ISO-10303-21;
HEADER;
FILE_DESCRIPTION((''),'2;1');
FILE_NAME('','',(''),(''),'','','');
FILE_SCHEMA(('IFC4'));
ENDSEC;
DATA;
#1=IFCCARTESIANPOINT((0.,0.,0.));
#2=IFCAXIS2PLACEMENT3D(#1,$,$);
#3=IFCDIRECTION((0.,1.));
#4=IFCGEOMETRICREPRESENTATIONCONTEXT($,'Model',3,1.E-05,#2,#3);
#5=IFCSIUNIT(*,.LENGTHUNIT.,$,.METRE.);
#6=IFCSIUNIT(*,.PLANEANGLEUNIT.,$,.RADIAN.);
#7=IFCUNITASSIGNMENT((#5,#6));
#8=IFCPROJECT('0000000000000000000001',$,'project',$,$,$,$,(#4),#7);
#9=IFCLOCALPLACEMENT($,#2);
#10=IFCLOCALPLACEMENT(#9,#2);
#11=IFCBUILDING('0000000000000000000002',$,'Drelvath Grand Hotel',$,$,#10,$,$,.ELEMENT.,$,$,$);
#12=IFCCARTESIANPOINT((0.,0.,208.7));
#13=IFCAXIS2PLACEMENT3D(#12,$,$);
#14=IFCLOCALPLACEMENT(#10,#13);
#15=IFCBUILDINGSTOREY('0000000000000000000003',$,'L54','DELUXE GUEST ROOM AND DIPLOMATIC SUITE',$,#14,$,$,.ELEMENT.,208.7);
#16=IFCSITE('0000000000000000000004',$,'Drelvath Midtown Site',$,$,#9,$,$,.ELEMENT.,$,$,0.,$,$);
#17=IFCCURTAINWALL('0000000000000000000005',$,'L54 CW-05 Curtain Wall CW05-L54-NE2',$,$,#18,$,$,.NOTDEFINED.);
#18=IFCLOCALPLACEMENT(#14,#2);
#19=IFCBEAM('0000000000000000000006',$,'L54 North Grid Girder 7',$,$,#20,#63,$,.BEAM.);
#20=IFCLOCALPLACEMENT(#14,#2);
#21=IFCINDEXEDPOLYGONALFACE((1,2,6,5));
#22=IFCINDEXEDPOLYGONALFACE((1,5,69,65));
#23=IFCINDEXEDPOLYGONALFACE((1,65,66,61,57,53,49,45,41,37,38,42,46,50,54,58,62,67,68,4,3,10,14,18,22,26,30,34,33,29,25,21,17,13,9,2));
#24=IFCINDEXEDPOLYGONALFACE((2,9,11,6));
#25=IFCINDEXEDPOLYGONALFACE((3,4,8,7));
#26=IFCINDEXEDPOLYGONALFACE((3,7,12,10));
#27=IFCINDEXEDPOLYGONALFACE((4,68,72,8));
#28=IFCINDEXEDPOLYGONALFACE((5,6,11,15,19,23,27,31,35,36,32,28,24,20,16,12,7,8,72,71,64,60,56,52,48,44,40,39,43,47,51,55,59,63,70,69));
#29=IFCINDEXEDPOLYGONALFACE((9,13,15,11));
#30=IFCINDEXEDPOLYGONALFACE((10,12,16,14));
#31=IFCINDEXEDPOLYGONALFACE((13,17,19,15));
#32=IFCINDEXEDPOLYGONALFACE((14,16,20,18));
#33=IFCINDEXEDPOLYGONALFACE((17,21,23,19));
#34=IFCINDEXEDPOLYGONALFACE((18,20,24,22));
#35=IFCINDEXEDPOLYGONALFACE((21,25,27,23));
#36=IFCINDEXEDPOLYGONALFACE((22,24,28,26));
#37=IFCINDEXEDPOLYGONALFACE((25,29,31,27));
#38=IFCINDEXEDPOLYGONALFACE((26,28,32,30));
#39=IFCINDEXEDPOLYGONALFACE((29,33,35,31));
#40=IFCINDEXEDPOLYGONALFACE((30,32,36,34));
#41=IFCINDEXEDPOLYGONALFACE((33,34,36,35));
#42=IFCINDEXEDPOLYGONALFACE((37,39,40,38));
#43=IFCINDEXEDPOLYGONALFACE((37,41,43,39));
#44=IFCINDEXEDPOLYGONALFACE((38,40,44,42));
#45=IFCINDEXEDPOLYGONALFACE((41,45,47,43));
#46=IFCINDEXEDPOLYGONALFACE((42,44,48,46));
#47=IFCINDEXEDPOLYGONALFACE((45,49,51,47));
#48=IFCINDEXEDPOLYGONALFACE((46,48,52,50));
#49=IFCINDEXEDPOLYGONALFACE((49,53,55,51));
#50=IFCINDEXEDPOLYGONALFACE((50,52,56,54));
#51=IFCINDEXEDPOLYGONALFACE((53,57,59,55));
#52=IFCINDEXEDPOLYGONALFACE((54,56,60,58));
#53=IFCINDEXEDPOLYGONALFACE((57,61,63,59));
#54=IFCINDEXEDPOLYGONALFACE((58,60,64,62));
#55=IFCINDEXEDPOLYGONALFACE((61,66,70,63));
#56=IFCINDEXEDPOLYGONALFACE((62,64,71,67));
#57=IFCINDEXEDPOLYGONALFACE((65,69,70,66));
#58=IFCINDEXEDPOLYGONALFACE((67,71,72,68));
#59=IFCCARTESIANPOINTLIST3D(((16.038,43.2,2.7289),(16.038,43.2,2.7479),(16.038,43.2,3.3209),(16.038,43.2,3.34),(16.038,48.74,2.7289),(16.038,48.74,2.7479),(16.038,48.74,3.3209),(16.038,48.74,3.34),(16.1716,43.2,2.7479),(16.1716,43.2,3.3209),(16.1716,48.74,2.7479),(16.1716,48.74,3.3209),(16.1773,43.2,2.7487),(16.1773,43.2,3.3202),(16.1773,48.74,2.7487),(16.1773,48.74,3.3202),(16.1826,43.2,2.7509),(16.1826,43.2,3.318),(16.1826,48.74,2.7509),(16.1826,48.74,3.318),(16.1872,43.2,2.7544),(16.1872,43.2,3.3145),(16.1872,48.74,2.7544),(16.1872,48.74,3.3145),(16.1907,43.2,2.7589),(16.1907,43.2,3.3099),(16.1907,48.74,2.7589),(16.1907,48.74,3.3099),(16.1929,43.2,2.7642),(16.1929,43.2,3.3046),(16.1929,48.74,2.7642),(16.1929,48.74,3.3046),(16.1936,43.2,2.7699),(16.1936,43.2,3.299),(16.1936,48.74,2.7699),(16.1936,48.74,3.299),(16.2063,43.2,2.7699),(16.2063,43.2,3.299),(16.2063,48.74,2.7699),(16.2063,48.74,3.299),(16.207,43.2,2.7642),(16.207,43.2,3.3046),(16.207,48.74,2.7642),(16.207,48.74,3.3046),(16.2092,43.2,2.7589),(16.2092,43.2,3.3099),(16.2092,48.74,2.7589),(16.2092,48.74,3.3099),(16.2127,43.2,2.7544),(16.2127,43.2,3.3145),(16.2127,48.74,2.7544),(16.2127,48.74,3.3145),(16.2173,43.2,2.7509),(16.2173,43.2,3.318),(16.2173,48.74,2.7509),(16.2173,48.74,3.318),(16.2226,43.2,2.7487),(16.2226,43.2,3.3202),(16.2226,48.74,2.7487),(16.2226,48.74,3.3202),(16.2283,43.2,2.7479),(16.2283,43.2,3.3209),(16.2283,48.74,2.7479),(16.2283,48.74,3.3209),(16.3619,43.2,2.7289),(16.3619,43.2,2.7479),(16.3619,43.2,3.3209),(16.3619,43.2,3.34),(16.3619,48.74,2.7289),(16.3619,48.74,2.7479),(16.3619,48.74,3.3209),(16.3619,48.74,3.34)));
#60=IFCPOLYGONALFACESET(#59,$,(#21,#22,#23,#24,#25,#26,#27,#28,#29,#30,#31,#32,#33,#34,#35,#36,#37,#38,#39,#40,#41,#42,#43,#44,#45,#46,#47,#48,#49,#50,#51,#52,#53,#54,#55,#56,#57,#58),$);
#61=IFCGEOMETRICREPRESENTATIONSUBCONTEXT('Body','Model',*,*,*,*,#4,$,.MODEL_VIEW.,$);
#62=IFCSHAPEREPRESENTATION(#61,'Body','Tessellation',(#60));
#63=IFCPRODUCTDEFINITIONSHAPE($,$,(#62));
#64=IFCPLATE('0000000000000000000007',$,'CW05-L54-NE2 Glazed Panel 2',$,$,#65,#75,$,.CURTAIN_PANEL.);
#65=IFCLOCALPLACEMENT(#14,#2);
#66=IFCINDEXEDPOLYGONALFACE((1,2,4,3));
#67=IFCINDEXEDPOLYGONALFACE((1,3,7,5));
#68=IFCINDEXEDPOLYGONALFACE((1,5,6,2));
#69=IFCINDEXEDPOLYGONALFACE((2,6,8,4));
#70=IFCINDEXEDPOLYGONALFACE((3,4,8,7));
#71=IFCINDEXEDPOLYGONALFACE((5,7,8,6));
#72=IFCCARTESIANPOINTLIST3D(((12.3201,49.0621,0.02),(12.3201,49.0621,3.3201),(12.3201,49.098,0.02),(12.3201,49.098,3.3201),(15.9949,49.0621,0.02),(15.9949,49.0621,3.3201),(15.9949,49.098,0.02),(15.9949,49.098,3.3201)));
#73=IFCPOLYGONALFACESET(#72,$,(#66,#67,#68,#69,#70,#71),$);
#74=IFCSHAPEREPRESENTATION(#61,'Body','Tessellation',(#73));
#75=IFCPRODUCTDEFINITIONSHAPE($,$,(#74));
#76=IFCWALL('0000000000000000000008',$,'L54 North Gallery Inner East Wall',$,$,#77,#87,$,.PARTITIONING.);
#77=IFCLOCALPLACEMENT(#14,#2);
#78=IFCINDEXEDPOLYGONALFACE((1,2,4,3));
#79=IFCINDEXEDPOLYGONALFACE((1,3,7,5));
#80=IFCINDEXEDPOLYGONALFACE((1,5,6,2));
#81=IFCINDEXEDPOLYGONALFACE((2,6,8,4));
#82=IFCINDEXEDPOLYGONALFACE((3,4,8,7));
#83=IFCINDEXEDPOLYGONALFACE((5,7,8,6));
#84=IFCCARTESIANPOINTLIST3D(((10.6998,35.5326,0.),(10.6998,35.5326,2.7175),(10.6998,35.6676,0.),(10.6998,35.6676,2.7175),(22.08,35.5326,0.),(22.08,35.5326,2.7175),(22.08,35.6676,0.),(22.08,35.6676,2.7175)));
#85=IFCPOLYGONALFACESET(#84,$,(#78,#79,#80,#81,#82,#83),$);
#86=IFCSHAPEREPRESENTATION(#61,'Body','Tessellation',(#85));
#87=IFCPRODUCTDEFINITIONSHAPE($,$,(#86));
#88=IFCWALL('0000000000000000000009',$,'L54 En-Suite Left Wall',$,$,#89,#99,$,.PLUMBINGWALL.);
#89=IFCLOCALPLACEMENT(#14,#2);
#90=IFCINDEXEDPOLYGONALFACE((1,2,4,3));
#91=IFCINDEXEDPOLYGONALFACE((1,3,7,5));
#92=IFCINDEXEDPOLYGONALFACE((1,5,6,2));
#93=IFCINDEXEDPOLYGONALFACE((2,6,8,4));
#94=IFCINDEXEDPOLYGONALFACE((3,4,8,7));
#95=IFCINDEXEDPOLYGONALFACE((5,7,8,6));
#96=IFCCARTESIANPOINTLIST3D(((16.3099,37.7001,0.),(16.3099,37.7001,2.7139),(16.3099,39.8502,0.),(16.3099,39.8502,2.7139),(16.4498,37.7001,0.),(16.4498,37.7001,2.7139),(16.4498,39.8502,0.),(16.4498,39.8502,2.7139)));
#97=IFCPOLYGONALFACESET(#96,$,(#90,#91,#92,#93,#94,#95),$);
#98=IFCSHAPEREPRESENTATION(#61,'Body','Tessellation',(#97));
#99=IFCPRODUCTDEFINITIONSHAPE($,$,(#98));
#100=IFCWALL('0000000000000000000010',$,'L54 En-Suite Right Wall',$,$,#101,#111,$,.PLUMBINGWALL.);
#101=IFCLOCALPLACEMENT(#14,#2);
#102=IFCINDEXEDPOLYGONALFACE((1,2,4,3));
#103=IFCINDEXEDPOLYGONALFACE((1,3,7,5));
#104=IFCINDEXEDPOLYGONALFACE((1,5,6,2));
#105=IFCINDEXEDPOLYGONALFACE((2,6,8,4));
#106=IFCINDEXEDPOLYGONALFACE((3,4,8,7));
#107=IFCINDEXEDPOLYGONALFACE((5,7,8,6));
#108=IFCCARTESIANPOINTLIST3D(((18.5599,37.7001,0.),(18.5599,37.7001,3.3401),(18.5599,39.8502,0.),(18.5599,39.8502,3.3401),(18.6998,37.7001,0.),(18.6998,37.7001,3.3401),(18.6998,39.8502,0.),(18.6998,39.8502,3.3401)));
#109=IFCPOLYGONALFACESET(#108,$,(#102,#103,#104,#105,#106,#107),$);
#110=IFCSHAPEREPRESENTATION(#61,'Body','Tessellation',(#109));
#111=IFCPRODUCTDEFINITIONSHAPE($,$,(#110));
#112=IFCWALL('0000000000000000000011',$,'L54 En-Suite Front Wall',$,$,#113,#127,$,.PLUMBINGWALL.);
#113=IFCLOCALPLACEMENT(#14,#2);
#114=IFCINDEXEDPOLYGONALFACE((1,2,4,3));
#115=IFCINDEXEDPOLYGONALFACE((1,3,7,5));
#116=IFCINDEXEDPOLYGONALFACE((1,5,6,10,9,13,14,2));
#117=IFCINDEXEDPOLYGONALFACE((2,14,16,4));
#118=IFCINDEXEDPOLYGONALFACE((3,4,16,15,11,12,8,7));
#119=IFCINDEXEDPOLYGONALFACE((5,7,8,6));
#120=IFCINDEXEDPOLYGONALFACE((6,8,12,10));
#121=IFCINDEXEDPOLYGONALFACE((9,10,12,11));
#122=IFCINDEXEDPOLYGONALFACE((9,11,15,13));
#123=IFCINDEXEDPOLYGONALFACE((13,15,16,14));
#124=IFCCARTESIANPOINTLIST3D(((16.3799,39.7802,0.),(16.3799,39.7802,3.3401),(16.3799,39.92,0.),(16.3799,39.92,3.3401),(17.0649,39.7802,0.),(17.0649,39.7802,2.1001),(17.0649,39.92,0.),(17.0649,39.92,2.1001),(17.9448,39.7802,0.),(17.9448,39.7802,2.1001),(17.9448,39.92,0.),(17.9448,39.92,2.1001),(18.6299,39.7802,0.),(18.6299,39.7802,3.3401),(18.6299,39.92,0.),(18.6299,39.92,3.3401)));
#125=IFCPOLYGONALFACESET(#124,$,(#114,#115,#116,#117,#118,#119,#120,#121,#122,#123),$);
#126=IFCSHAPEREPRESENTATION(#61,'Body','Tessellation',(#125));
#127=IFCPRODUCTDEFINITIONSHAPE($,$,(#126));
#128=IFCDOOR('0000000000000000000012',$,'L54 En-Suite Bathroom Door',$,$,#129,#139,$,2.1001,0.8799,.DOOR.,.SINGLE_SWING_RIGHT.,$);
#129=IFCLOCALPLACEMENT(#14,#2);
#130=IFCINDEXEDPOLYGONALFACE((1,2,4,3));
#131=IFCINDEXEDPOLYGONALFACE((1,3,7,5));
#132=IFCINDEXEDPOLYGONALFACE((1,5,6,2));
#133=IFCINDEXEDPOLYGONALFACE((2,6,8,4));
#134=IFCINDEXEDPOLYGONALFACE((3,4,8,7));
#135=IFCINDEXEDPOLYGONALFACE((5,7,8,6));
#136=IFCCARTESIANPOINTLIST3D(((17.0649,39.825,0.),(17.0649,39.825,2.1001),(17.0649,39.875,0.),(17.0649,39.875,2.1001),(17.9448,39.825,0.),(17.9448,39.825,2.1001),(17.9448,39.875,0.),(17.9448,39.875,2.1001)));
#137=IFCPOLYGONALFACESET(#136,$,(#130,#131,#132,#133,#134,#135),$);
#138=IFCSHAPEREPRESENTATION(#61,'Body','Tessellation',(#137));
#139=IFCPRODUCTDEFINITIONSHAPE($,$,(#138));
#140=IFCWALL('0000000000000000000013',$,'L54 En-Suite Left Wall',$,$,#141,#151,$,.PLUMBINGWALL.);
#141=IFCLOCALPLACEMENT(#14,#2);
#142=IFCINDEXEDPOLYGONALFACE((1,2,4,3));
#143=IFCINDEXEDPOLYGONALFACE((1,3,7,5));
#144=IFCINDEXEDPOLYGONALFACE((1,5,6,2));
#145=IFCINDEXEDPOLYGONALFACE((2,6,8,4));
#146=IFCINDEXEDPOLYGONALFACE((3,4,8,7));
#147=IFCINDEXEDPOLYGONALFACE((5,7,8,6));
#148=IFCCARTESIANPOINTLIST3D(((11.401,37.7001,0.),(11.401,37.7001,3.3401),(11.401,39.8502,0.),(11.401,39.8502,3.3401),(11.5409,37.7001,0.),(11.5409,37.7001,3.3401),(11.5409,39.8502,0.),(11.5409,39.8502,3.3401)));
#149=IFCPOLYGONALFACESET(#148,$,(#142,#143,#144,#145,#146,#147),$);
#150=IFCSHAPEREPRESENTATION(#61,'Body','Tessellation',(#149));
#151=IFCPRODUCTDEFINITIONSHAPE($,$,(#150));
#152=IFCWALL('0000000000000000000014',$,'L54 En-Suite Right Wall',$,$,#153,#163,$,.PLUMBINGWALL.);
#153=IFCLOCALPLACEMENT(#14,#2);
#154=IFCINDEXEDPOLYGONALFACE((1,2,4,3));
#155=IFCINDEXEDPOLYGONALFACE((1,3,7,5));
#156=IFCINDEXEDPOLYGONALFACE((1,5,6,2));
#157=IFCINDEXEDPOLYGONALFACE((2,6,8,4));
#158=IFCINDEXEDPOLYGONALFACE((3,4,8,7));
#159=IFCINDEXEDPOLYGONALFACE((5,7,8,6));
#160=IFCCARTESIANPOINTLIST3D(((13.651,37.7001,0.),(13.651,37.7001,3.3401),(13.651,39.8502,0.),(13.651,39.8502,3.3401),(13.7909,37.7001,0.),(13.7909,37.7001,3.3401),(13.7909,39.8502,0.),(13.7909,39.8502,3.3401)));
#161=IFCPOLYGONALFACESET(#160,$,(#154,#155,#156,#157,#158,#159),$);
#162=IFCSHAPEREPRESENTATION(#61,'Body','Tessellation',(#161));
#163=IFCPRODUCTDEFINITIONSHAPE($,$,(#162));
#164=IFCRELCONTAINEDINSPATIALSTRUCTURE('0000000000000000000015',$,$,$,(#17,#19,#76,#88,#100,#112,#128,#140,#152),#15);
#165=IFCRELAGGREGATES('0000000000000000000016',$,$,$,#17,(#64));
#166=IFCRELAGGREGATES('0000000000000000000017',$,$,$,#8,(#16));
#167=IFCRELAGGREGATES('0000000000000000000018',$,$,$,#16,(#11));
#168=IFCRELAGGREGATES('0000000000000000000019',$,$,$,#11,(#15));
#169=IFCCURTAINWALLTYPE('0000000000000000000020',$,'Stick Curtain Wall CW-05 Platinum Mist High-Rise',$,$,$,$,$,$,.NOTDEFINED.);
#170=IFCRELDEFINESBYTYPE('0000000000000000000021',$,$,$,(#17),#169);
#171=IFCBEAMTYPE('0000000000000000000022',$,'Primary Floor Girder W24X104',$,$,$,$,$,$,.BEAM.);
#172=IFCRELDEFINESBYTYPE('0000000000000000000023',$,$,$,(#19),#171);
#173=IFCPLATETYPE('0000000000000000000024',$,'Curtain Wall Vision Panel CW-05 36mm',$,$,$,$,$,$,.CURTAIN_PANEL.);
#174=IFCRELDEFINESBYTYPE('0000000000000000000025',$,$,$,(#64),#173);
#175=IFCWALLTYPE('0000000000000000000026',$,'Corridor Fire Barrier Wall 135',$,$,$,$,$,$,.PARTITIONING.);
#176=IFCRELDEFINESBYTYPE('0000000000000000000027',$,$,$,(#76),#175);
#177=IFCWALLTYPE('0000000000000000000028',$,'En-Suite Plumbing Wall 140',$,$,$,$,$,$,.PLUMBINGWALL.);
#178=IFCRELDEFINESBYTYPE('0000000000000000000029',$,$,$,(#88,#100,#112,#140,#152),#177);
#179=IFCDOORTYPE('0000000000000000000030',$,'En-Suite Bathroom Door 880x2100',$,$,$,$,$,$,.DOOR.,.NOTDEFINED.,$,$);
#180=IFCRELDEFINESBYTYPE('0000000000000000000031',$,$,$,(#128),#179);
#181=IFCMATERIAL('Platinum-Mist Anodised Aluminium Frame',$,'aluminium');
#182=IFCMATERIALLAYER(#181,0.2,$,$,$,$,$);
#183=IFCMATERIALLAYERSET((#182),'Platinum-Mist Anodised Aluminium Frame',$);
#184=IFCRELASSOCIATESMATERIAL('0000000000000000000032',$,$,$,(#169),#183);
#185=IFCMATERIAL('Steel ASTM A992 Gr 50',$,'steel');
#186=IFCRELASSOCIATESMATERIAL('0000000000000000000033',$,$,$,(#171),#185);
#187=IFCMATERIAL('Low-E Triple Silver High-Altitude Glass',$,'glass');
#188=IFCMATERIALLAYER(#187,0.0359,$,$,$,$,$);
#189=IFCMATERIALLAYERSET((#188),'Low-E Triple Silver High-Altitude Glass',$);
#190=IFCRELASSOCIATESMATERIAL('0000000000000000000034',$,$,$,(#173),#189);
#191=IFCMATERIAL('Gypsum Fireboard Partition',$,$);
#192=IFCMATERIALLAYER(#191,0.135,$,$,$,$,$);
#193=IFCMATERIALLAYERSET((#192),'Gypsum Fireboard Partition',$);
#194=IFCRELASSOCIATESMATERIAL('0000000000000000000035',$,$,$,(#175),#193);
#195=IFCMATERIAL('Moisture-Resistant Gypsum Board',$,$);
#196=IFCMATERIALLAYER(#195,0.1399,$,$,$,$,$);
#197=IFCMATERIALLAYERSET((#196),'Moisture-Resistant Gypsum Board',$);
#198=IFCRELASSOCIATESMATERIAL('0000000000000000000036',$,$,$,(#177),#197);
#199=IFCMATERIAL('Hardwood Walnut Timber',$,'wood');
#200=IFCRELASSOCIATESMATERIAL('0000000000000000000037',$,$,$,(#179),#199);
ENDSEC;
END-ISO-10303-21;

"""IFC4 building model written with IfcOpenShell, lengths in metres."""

from ifc_helpers import new_model, si_unit, direction, frame, frame_2d, origin, origin_2d, place, context, subcontext, project, spatial, rectangle, i_section, extrude, material, layer, layer_set, material_profile, profile_set, type_object, element, fill, aggregate, save


model = new_model("IFC4")

# Units and contexts
model_context = context("Model", 3, precision=1e-05, world=origin(), true_north=direction((0.0, 1.0)))
body_context = subcontext(model_context, "Body", "Model", "MODEL_VIEW")
ifc_project = project(units=[si_unit("LENGTHUNIT", "METRE"), si_unit("PLANEANGLEUNIT", "RADIAN")], contexts=[model_context])

# Site, building, storey
site_placement = place(None, origin())
site = spatial("IfcSite", under=ifc_project, at=site_placement, Name="Drelvath Midtown Site", CompositionType="ELEMENT", RefElevation=0.0)
building_placement = place(site_placement, origin())
building = spatial("IfcBuilding", under=site, at=building_placement, Name="Drelvath Grand Hotel", CompositionType="ELEMENT")
storey_placement = place(building_placement, frame((0.0, 0.0, 208.7)))
storey = spatial("IfcBuildingStorey", under=building, at=storey_placement, Name="L54", Description="DELUXE GUEST ROOM AND DIPLOMATIC SUITE", CompositionType="ELEMENT", Elevation=208.7)

# Curtain wall
ifc_material_1 = material(Name="Platinum-Mist Anodised Aluminium Frame", Category="aluminium")
ifc_layer_1 = layer(ifc_material_1, 0.2)
ifc_layer_set_1 = layer_set([ifc_layer_1], Name="Platinum-Mist Anodised Aluminium Frame")
curtain_wall_type = type_object("IfcCurtainWallType", Name="Stick Curtain Wall CW-05 Platinum Mist High-Rise", PredefinedType="NOTDEFINED", material=ifc_layer_set_1)
curtain_wall_placement = place(storey_placement, origin())
curtain_wall = element("IfcCurtainWall", 1, at=curtain_wall_placement, inside=storey, type_object=curtain_wall_type, Name="L54 CW-05 Curtain Wall CW05-L54-NE2", PredefinedType="NOTDEFINED")

# Beam
ifc_material_2 = material(Name="Steel ASTM A992 Gr 50", Category="steel")
ifc_material_profile_1 = material_profile(ifc_material_2, i_section(OverallWidth=0.324, OverallDepth=0.6111, WebThickness=0.0127, FlangeThickness=0.019, FilletRadius=0.022, at=origin_2d()), Name="W24X104")
ifc_profile_set_1 = profile_set([ifc_material_profile_1], Name="Steel ASTM A992 Gr 50")
beam_type = type_object("IfcBeamType", Name="Primary Floor Girder W24X104", PredefinedType="BEAM", material=ifc_profile_set_1)
for number, where, z_axis, x_axis, name in (
    (2, (16.2, 43.2, 3.0344), (0.0, 1.0, 0.0), (-1.0, 0.0, 0.0), "L54 North Grid Girder 7"),
):
    element("IfcBeam", number, at=place(storey_placement, frame(where, z_axis=z_axis, x_axis=x_axis)), inside=storey, type_object=beam_type, Name=name, PredefinedType="BEAM", context=body_context, shape_type="SweptSolid", body=[
        extrude(i_section(OverallWidth=0.324, OverallDepth=0.6111, WebThickness=0.0127, FlangeThickness=0.019, FilletRadius=0.022, at=origin_2d()), origin(), (0.0, 0.0, 1.0), 5.54),
    ])

# Plate
ifc_material_3 = material(Name="Low-E Triple Silver High-Altitude Glass", Category="glass")
ifc_layer_2 = layer(ifc_material_3, 0.0359)
ifc_layer_set_2 = layer_set([ifc_layer_2], Name="Low-E Triple Silver High-Altitude Glass")
plate_type = type_object("IfcPlateType", Name="Curtain Wall Vision Panel CW-05 36mm", PredefinedType="CURTAIN_PANEL", material=ifc_layer_set_2)
plate_placement = place(storey_placement, frame((14.1575, 49.0801, 0.02), z_axis=(0.0, 0.0, 1.0), x_axis=(1.0, 0.0, 0.0)))
plate = element("IfcPlate", 3, at=plate_placement, type_object=plate_type, Name="CW05-L54-NE2 Glazed Panel 2", PredefinedType="CURTAIN_PANEL", context=body_context, shape_type="SweptSolid", body=[
    extrude(rectangle(XDim=3.6748, YDim=0.0359, at=origin_2d()), origin(), (0.0, 0.0, 1.0), 3.3),
])
aggregate(curtain_wall, [plate])

# Walls
ifc_material_4 = material(Name="Gypsum Fireboard Partition")
ifc_layer_3 = layer(ifc_material_4, 0.135)
ifc_layer_set_3 = layer_set([ifc_layer_3], Name="Gypsum Fireboard Partition")
wall_type_1 = type_object("IfcWallType", Name="Corridor Fire Barrier Wall 135", PredefinedType="PARTITIONING", material=ifc_layer_set_3)
wall_1_placement = place(storey_placement, frame((10.7, 35.6001, 0.0), z_axis=(0.0, 0.0, 1.0), x_axis=(1.0, 0.0, 0.0)))
element("IfcWall", 4, at=wall_1_placement, inside=storey, type_object=wall_type_1, Name="L54 North Gallery Inner East Wall", PredefinedType="PARTITIONING", context=body_context, shape_type="SweptSolid", body=[
    extrude(rectangle(XDim=11.3801, YDim=0.135, at=frame_2d((5.6899, 0.0))), origin(), (0.0, 0.0, 1.0), 2.7175),
])
ifc_material_5 = material(Name="Moisture-Resistant Gypsum Board")
ifc_layer_4 = layer(ifc_material_5, 0.1399)
ifc_layer_set_4 = layer_set([ifc_layer_4], Name="Moisture-Resistant Gypsum Board")
wall_type_2 = type_object("IfcWallType", Name="En-Suite Plumbing Wall 140", PredefinedType="PLUMBINGWALL", material=ifc_layer_set_4)
wall_2_placement = place(storey_placement, frame((16.3799, 37.7, 0.0), z_axis=(0.0, 0.0, 1.0), x_axis=(0.0, 1.0, 0.0)))
element("IfcWall", 5, at=wall_2_placement, inside=storey, type_object=wall_type_2, Name="L54 En-Suite Left Wall", PredefinedType="PLUMBINGWALL", context=body_context, shape_type="SweptSolid", body=[
    extrude(rectangle(XDim=2.1501, YDim=0.1399, at=frame_2d((1.0752, 0.0))), origin(), (0.0, 0.0, 1.0), 2.7139),
])
wall_3_placement = place(storey_placement, frame((18.6299, 37.7, 0.0), z_axis=(0.0, 0.0, 1.0), x_axis=(0.0, 1.0, 0.0)))
element("IfcWall", 6, at=wall_3_placement, inside=storey, type_object=wall_type_2, Name="L54 En-Suite Right Wall", PredefinedType="PLUMBINGWALL", context=body_context, shape_type="SweptSolid", body=[
    extrude(rectangle(XDim=2.1501, YDim=0.1399, at=frame_2d((1.0752, 0.0))), origin(), (0.0, 0.0, 1.0), 3.3401),
])

# Wall, opening, door
wall_4_placement = place(storey_placement, frame((16.3799, 39.8501, 0.0), z_axis=(0.0, 0.0, 1.0), x_axis=(1.0, 0.0, 0.0)))
wall_4 = element("IfcWall", 7, at=wall_4_placement, inside=storey, type_object=wall_type_2, Name="L54 En-Suite Front Wall", PredefinedType="PLUMBINGWALL", context=body_context, shape_type="SweptSolid", body=[
    extrude(rectangle(XDim=2.25, YDim=0.1399, at=frame_2d((1.125, 0.0))), origin(), (0.0, 0.0, 1.0), 3.3401),
])
opening_1_placement = place(wall_4_placement, frame((0.6851, 0.0, 0.0)))
opening_1 = element("IfcOpeningElement", 8, at=opening_1_placement, cuts=wall_4, PredefinedType="OPENING", context=body_context, shape_type="SweptSolid", body=[
    extrude(rectangle(XDim=0.8799, YDim=2.1001, at=frame_2d((0.4399, 1.05))), frame((0.0, 0.0798, 0.0), z_axis=(0.0, -1.0, 0.0), x_axis=(1.0, 0.0, 0.0)), (0.0, 0.0, 1.0), 0.1599),
])
ifc_material_6 = material(Name="Hardwood Walnut Timber", Category="wood")
door_type_1 = type_object("IfcDoorType", Name="En-Suite Bathroom Door 880x2100", OperationType="NOTDEFINED", PredefinedType="DOOR", material=ifc_material_6)
door_1_placement = place(opening_1_placement, origin())
door_1 = element("IfcDoor", 9, at=door_1_placement, inside=storey, type_object=door_type_1, Name="L54 En-Suite Bathroom Door", OperationType="SINGLE_SWING_RIGHT", OverallHeight=2.1001, OverallWidth=0.8799, PredefinedType="DOOR", context=body_context, shape_type="SweptSolid", body=[
    extrude(rectangle(XDim=0.8799, YDim=2.1001, at=frame_2d((0.4399, 1.05))), frame((0.0, 0.0249, 0.0), z_axis=(0.0, -1.0, 0.0), x_axis=(1.0, 0.0, 0.0)), (0.0, 0.0, 1.0), 0.05),
])
fill(opening_1, door_1)

# Walls
for number, where, z_axis, x_axis, name in (
    (10, (11.4709, 37.7, 0.0), (0.0, 0.0, 1.0), (0.0, 1.0, 0.0), "L54 En-Suite Left Wall"),
    (11, (13.7209, 37.7, 0.0), (0.0, 0.0, 1.0), (0.0, 1.0, 0.0), "L54 En-Suite Right Wall"),
):
    element("IfcWall", number, at=place(storey_placement, frame(where, z_axis=z_axis, x_axis=x_axis)), inside=storey, type_object=wall_type_2, Name=name, PredefinedType="PLUMBINGWALL", context=body_context, shape_type="SweptSolid", body=[
        extrude(rectangle(XDim=2.1501, YDim=0.1399, at=frame_2d((1.0752, 0.0))), origin(), (0.0, 0.0, 1.0), 3.3401),
    ])

save(model, "model.ifc")
